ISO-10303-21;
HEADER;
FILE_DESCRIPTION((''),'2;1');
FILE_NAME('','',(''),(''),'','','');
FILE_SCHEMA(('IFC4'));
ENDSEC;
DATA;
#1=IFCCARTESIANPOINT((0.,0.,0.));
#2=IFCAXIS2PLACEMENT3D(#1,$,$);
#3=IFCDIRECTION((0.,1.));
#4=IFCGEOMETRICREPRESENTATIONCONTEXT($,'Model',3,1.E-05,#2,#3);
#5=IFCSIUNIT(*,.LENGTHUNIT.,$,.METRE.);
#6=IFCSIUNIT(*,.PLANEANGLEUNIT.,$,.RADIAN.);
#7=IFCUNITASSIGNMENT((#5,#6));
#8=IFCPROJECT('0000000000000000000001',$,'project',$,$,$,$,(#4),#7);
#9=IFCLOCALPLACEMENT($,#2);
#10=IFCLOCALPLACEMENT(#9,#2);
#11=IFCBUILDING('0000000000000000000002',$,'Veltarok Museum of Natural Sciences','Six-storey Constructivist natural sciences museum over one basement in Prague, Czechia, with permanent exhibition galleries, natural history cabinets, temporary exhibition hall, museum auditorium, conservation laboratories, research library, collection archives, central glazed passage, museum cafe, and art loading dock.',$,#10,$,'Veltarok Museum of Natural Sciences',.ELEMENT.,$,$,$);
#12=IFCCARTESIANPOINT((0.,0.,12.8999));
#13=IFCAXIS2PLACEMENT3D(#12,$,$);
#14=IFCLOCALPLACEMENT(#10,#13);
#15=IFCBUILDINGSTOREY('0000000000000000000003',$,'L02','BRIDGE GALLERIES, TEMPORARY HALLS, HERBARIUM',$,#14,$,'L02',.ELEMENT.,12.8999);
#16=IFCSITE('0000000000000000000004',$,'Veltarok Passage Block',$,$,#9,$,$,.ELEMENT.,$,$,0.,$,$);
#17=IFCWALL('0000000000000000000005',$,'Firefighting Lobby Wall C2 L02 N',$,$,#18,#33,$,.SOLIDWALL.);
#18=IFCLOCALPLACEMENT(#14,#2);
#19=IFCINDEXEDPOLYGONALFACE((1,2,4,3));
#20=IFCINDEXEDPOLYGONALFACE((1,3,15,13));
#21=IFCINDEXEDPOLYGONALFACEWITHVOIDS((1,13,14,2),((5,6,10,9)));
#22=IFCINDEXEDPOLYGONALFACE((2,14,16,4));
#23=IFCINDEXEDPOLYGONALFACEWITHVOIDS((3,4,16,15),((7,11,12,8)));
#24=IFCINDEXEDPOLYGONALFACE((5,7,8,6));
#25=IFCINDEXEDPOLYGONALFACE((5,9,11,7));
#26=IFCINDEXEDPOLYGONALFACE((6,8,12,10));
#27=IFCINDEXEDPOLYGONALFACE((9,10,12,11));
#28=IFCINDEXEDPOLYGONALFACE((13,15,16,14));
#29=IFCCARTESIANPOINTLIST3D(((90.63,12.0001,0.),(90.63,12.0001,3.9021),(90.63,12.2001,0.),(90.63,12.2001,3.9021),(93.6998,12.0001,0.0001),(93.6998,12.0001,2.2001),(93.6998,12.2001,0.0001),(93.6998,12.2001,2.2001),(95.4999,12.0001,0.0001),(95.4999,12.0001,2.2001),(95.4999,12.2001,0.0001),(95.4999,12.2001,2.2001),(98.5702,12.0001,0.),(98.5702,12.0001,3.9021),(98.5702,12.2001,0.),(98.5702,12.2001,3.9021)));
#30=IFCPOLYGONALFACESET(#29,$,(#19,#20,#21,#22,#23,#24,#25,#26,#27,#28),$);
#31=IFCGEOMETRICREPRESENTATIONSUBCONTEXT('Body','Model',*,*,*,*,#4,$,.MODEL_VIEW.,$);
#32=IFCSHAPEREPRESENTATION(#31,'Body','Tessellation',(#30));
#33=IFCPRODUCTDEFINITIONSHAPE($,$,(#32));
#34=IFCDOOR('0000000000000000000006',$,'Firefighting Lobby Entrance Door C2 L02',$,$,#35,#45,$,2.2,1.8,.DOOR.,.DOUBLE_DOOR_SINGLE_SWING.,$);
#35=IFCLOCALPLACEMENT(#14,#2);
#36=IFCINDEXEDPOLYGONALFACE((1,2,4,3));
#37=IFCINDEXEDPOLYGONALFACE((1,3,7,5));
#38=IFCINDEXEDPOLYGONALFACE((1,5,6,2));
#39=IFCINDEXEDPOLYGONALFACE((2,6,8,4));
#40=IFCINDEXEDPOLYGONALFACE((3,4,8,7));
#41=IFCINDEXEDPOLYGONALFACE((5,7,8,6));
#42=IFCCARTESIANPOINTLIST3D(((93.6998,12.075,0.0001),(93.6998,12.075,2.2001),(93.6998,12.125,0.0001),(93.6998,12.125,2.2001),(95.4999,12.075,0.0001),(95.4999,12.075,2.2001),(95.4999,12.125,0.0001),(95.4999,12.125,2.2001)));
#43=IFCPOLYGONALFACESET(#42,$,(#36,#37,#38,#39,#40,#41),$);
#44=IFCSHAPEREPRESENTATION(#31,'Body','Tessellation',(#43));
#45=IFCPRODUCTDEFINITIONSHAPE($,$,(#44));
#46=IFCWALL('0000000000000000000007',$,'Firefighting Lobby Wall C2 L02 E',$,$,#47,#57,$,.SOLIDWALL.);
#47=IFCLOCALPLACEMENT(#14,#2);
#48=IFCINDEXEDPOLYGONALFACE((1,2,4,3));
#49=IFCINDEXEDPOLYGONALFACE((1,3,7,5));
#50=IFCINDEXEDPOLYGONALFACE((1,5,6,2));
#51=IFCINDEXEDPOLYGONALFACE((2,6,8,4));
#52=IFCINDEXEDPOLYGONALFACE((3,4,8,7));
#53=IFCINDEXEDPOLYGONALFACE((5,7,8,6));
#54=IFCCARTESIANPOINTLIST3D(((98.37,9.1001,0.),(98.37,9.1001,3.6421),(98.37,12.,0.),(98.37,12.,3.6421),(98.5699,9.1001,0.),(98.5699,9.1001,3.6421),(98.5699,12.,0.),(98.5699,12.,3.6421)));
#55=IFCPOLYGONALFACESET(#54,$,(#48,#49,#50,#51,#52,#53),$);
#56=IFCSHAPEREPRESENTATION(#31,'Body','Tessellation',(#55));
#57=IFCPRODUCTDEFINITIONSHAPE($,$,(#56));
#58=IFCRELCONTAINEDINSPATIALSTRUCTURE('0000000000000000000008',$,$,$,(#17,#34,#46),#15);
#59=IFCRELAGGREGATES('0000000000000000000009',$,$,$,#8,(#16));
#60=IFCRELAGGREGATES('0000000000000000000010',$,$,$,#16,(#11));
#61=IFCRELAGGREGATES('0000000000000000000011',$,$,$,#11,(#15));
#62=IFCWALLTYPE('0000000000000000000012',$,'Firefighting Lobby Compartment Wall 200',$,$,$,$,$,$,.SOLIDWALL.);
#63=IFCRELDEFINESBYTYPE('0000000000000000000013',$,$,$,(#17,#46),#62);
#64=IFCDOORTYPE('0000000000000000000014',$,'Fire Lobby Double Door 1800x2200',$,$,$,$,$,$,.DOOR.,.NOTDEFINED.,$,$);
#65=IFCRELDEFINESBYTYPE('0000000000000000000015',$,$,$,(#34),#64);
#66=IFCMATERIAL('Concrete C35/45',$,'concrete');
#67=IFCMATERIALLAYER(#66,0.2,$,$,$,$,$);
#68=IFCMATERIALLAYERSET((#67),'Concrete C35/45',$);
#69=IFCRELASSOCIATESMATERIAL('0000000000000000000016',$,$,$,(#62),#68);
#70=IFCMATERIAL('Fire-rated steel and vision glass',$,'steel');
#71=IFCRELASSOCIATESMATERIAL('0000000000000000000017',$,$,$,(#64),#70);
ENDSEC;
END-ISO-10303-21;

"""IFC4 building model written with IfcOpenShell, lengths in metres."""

from ifc_helpers import new_model, si_unit, direction, frame, frame_2d, origin, place, context, subcontext, project, spatial, rectangle, extrude, material, layer, layer_set, type_object, element, fill, save


model = new_model("IFC4")

# Units and contexts
model_context = context("Model", 3, precision=1e-05, world=origin(), true_north=direction((0.0, 1.0)))
body_context = subcontext(model_context, "Body", "Model", "MODEL_VIEW")
ifc_project = project(units=[si_unit("LENGTHUNIT", "METRE"), si_unit("PLANEANGLEUNIT", "RADIAN")], contexts=[model_context])

# Site, building, storey
site_placement = place(None, origin())
site = spatial("IfcSite", under=ifc_project, at=site_placement, Name="Veltarok Passage Block", CompositionType="ELEMENT", RefElevation=0.0)
building_placement = place(site_placement, origin())
building = spatial("IfcBuilding", under=site, at=building_placement, Name="Veltarok Museum of Natural Sciences", Description="Six-storey Constructivist natural sciences museum over one basement in Prague, Czechia, with permanent exhibition galleries, natural history cabinets, temporary exhibition hall, museum auditorium, conservation laboratories, research library, collection archives, central glazed passage, museum cafe, and art loading dock.", LongName="Veltarok Museum of Natural Sciences", CompositionType="ELEMENT")
storey_placement = place(building_placement, frame((0.0, 0.0, 12.8999)))
storey = spatial("IfcBuildingStorey", under=building, at=storey_placement, Name="L02", Description="BRIDGE GALLERIES, TEMPORARY HALLS, HERBARIUM", LongName="L02", CompositionType="ELEMENT", Elevation=12.8999)

# Wall, opening, door
ifc_material_1 = material(Name="Concrete C35/45", Category="concrete")
ifc_layer_1 = layer(ifc_material_1, 0.2)
ifc_layer_set_1 = layer_set([ifc_layer_1], Name="Concrete C35/45")
wall_type = type_object("IfcWallType", Name="Firefighting Lobby Compartment Wall 200", PredefinedType="SOLIDWALL", material=ifc_layer_set_1)
wall_1_placement = place(storey_placement, frame((90.6299, 12.1001, 0.0), z_axis=(0.0, 0.0, 1.0), x_axis=(1.0, 0.0, 0.0)))
wall_1 = element("IfcWall", 1, at=wall_1_placement, inside=storey, type_object=wall_type, Name="Firefighting Lobby Wall C2 L02 N", PredefinedType="SOLIDWALL", context=body_context, shape_type="SweptSolid", body=[
    extrude(rectangle(XDim=7.9402, YDim=0.2, at=frame_2d((3.9702, 0.0))), origin(), (0.0, 0.0, 1.0), 3.9021),
])
opening_placement = place(wall_1_placement, frame((3.0701, 0.0, 0.0)))
opening = element("IfcOpeningElement", 2, at=opening_placement, cuts=wall_1, PredefinedType="OPENING", context=body_context, shape_type="SweptSolid", body=[
    extrude(rectangle(XDim=1.8, YDim=2.2, at=frame_2d((0.8999, 1.1001))), frame((0.0, 0.1099, 0.0), z_axis=(0.0, -1.0, 0.0), x_axis=(1.0, 0.0, 0.0)), (0.0, 0.0, 1.0), 0.22),
])
ifc_material_2 = material(Name="Fire-rated steel and vision glass", Category="steel")
door_type = type_object("IfcDoorType", Name="Fire Lobby Double Door 1800x2200", OperationType="NOTDEFINED", PredefinedType="DOOR", material=ifc_material_2)
door_placement = place(opening_placement, origin())
door = element("IfcDoor", 3, at=door_placement, inside=storey, type_object=door_type, Name="Firefighting Lobby Entrance Door C2 L02", OperationType="DOUBLE_DOOR_SINGLE_SWING", OverallHeight=2.2, OverallWidth=1.8, PredefinedType="DOOR", context=body_context, shape_type="SweptSolid", body=[
    extrude(rectangle(XDim=1.8, YDim=2.2, at=frame_2d((0.8999, 1.1001))), frame((0.0, 0.0249, 0.0), z_axis=(0.0, -1.0, 0.0), x_axis=(1.0, 0.0, 0.0)), (0.0, 0.0, 1.0), 0.05),
])
fill(opening, door)

# Wall
wall_2_placement = place(storey_placement, frame((98.47, 12.0, 0.0), z_axis=(0.0, 0.0, 1.0), x_axis=(0.0, -1.0, 0.0)))
element("IfcWall", 4, at=wall_2_placement, inside=storey, type_object=wall_type, Name="Firefighting Lobby Wall C2 L02 E", PredefinedType="SOLIDWALL", context=body_context, shape_type="SweptSolid", body=[
    extrude(rectangle(XDim=2.8999, YDim=0.2, at=frame_2d((1.45, 0.0))), origin(), (0.0, 0.0, 1.0), 3.6421),
])

save(model, "model.ifc")
